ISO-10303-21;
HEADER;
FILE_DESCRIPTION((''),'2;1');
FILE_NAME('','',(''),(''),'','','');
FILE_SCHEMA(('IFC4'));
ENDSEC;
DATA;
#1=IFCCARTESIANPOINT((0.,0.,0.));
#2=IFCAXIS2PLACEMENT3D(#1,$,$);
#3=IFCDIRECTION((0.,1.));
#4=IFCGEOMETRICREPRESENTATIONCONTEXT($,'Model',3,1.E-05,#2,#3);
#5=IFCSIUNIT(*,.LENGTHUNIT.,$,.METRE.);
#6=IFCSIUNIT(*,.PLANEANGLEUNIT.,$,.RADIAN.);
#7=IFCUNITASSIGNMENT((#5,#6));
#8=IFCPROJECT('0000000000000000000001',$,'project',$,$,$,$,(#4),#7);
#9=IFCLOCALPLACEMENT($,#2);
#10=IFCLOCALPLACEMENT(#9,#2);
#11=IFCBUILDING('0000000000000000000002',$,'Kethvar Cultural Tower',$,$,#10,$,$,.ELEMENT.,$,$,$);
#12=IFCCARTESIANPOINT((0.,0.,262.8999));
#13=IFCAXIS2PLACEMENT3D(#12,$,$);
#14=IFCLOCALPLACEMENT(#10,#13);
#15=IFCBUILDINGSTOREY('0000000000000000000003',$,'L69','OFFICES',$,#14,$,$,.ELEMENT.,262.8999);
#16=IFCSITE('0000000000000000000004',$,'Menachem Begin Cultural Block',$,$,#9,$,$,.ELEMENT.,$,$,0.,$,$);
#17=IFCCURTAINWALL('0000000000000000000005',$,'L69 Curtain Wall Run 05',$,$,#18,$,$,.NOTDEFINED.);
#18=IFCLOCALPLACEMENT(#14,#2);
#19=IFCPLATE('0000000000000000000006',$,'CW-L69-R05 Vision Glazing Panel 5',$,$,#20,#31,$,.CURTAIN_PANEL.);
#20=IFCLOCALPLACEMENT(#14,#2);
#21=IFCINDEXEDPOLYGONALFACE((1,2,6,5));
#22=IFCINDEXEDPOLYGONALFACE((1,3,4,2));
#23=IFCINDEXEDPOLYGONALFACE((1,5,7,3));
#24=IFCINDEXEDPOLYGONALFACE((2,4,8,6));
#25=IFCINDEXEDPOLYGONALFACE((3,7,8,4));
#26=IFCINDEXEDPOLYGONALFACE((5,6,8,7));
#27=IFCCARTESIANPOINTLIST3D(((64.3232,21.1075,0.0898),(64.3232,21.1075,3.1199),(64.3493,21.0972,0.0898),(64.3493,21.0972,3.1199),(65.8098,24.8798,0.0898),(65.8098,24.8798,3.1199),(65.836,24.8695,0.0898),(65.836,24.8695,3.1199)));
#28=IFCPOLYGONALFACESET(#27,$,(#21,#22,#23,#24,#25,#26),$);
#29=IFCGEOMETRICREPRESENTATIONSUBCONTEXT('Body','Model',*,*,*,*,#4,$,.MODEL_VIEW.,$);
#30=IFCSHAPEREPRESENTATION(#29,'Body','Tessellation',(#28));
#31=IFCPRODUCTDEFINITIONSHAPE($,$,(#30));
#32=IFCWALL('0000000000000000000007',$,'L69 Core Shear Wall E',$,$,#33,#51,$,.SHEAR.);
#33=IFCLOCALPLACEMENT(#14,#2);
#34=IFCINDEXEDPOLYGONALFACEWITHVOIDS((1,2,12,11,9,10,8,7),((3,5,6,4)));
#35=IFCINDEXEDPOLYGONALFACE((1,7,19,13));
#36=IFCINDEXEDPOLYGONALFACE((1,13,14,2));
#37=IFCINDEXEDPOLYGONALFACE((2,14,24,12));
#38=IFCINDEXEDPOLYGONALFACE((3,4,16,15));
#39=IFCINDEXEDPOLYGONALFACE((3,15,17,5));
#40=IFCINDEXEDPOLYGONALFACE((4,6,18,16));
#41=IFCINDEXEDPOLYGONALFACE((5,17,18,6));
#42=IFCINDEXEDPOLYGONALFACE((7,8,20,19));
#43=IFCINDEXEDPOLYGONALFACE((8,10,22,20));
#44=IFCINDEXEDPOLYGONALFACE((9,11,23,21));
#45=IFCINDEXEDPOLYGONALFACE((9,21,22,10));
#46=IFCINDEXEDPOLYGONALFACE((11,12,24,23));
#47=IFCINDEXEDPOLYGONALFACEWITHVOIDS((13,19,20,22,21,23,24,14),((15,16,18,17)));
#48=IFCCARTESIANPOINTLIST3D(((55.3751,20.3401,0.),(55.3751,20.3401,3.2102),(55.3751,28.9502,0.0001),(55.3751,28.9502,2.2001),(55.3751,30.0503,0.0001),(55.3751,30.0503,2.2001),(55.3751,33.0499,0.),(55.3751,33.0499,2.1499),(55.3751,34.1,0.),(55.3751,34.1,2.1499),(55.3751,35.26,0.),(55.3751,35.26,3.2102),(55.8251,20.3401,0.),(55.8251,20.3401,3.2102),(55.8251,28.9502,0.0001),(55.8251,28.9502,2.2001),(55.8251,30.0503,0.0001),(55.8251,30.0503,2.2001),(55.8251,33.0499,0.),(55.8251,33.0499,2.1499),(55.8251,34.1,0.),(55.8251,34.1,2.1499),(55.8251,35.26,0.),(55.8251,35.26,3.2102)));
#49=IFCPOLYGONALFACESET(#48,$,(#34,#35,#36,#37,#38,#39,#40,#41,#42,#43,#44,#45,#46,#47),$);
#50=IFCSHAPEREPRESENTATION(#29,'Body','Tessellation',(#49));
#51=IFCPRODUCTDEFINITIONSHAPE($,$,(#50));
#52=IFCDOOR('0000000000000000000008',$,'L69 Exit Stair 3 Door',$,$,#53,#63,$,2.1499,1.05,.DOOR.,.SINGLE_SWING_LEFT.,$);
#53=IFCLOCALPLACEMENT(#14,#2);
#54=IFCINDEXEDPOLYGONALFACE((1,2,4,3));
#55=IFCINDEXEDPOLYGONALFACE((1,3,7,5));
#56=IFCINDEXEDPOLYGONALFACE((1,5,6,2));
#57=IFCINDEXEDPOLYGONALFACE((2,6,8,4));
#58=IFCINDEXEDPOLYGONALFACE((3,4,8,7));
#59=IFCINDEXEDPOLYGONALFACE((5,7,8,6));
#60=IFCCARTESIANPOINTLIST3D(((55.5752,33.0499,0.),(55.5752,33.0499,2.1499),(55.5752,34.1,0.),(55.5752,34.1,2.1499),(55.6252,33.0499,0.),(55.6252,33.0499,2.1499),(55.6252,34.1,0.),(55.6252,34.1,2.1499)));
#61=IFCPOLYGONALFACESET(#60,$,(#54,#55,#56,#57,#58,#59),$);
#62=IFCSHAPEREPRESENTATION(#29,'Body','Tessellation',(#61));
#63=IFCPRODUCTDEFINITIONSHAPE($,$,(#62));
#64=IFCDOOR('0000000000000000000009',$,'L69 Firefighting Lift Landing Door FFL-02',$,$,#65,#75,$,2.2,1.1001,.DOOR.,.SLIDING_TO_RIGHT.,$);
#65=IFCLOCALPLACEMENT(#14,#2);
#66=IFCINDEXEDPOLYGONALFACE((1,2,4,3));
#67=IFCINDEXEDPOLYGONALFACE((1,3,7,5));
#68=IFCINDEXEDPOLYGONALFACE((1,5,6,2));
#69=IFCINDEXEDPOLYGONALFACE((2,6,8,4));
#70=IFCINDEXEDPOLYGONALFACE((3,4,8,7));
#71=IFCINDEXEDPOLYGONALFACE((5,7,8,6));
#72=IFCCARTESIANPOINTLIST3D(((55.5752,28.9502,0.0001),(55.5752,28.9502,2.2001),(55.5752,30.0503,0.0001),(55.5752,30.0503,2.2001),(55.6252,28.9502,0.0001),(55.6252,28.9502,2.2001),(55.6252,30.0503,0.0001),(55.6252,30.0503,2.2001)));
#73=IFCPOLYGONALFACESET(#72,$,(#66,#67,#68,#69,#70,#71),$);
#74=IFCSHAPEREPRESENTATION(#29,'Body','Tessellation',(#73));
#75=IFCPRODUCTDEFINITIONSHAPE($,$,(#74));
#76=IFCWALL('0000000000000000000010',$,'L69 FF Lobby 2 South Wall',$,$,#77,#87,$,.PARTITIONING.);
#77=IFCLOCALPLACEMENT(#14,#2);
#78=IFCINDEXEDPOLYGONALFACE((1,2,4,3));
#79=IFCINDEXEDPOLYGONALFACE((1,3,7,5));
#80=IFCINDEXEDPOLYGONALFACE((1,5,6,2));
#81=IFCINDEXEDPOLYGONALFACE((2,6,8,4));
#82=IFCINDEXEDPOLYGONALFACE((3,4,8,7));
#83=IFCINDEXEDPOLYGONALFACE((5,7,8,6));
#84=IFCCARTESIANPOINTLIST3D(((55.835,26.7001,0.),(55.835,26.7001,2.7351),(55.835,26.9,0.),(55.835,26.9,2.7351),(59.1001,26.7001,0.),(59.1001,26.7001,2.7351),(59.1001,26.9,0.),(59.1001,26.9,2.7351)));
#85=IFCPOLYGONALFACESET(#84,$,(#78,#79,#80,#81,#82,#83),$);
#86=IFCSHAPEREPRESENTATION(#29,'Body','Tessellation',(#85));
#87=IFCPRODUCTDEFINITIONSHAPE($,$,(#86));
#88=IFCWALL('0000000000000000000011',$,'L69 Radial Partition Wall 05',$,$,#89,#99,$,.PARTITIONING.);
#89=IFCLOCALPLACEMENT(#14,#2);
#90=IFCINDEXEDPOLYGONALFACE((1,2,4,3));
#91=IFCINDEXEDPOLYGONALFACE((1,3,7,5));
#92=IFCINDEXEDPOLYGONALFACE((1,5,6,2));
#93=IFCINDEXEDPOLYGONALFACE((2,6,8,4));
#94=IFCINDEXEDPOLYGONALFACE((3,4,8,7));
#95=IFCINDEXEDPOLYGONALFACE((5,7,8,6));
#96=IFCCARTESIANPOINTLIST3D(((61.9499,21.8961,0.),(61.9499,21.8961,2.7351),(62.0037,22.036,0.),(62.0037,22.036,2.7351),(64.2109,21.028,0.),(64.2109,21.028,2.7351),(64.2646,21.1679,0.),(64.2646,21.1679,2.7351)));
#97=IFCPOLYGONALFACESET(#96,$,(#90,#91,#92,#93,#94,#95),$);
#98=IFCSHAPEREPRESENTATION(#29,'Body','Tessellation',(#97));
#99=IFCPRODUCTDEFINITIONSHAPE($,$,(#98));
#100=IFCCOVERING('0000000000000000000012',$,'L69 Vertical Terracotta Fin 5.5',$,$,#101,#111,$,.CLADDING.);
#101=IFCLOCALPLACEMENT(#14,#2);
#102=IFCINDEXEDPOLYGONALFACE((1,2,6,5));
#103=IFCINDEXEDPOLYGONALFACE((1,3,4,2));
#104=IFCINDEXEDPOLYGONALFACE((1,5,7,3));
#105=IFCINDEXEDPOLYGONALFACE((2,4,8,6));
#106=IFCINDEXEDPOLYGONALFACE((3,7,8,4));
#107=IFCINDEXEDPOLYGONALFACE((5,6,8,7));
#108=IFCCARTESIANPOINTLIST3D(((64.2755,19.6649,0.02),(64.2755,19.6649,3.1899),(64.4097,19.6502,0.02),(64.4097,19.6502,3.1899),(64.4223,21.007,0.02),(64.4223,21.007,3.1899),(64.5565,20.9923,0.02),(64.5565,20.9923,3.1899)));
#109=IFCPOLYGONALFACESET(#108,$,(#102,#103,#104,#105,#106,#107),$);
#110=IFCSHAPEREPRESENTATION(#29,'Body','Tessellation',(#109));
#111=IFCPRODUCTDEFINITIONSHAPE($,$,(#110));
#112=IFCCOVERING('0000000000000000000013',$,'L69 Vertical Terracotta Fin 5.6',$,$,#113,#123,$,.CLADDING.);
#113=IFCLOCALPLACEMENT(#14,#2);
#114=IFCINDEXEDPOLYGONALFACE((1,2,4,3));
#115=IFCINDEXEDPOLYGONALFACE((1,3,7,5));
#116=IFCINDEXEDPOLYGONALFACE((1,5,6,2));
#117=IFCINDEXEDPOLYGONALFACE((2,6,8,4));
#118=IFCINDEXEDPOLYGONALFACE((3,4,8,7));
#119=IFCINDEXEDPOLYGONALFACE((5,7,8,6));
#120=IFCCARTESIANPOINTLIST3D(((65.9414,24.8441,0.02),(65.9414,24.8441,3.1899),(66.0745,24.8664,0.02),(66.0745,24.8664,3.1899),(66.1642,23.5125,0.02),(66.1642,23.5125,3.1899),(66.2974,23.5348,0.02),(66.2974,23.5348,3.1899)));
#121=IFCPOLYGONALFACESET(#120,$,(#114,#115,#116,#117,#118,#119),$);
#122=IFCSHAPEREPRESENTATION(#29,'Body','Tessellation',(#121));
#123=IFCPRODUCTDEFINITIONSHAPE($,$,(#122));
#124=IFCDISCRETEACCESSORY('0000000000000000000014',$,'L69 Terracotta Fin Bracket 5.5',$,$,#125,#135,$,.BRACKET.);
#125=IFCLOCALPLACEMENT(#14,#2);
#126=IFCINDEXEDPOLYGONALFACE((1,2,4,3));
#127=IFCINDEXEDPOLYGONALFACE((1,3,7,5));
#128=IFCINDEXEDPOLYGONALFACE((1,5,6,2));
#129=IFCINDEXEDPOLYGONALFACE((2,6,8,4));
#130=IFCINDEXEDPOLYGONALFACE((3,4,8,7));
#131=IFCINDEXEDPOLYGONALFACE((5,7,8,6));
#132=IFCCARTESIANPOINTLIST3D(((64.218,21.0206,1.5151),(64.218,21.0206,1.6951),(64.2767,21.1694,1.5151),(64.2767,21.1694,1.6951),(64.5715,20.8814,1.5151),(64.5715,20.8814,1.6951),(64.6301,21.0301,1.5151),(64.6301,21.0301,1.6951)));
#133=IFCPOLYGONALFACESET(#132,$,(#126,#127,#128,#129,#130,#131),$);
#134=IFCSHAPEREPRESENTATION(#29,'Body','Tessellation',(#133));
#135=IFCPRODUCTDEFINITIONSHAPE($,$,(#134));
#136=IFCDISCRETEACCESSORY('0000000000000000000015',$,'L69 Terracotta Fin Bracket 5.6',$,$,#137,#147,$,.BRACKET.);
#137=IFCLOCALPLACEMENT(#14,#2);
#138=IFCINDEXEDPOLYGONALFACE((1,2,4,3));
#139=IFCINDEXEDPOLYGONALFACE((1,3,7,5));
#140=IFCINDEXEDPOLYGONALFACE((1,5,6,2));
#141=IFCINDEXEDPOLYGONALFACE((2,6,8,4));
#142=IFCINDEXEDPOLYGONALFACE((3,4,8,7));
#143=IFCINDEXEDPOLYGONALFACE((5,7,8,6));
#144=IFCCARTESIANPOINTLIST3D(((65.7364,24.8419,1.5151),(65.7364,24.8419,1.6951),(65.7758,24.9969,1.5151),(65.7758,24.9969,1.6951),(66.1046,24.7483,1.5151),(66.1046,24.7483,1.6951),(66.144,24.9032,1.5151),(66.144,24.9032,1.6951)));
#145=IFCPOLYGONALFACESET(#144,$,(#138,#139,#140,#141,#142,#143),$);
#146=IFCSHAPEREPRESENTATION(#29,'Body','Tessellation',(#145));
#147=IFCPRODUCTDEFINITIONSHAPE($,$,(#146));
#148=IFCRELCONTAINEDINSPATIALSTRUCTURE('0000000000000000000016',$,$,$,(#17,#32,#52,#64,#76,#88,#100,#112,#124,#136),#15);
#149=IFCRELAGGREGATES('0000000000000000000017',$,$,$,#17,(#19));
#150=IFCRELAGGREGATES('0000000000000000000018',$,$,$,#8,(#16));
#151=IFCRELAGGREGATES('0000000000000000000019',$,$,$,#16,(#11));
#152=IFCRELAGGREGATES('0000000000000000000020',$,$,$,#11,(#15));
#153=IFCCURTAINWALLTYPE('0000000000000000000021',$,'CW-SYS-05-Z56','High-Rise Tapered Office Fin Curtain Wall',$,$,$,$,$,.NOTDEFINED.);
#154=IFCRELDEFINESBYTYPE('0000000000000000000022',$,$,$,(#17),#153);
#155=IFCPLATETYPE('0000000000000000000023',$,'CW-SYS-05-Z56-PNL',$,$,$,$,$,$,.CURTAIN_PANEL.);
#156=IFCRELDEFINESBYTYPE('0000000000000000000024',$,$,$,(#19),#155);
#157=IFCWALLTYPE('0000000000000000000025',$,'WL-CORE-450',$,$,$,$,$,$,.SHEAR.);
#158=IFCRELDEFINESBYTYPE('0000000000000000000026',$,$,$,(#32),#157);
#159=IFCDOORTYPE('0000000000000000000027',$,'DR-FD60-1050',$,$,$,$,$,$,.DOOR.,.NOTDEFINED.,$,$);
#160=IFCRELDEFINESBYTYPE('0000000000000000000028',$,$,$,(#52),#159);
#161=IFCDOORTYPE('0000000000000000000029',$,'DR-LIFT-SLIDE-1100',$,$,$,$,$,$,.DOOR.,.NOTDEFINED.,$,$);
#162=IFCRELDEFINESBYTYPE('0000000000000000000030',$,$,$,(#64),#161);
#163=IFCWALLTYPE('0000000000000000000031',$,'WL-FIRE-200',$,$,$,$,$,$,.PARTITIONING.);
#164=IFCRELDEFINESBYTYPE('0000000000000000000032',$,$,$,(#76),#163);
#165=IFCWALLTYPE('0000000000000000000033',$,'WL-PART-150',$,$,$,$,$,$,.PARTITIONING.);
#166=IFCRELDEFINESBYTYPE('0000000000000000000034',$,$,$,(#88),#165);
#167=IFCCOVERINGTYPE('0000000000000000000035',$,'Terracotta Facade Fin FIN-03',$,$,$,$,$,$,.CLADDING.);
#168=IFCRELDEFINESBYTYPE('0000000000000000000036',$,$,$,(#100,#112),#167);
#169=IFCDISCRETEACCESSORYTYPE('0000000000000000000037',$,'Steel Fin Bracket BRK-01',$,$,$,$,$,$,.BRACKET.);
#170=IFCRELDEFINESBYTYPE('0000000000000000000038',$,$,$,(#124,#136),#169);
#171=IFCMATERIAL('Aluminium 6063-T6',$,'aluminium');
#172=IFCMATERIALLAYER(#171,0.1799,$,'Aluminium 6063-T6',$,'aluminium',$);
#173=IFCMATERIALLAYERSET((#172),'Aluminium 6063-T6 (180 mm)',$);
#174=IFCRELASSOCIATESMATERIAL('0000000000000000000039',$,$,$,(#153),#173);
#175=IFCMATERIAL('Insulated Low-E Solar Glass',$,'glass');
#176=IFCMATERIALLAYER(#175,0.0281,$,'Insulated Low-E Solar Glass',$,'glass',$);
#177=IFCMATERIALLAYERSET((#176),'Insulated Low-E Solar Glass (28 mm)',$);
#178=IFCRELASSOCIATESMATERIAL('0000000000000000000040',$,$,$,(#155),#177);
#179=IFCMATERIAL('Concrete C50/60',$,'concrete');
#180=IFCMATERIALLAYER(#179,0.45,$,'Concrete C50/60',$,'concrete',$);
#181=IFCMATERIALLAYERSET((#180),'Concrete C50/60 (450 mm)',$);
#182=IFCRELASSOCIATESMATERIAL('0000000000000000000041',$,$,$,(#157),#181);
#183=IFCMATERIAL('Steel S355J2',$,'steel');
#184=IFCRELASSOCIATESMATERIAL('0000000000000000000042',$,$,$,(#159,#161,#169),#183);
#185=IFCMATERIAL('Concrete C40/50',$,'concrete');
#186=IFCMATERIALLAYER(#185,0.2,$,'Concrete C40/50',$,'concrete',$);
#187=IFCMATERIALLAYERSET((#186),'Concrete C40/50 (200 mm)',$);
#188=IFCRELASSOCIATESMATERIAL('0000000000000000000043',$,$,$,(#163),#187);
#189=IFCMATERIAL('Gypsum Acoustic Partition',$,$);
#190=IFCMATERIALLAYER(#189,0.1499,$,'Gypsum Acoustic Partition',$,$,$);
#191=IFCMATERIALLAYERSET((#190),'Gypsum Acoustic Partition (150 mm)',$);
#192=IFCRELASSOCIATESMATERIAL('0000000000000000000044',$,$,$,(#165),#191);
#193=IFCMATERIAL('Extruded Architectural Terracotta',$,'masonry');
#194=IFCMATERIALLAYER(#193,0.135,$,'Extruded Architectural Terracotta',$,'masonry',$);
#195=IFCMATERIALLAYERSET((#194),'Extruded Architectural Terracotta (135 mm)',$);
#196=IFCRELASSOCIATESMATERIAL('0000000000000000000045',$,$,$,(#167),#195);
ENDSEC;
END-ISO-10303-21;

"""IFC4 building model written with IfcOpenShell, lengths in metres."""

from ifc_helpers import new_model, si_unit, direction, frame, frame_2d, origin, origin_2d, place, context, subcontext, project, spatial, rectangle, extrude, source, transform, mapped, material, layer, layer_set, type_object, element, fill, aggregate, save


model = new_model("IFC4")

# Units and contexts
model_context = context("Model", 3, precision=1e-05, world=origin(), true_north=direction((0.0, 1.0)))
body_context = subcontext(model_context, "Body", "Model", "MODEL_VIEW")
ifc_project = project(units=[si_unit("LENGTHUNIT", "METRE"), si_unit("PLANEANGLEUNIT", "RADIAN")], contexts=[model_context])

# Site, building, storey
site_placement = place(None, origin())
site = spatial("IfcSite", under=ifc_project, at=site_placement, Name="Menachem Begin Cultural Block", CompositionType="ELEMENT", RefElevation=0.0)
building_placement = place(site_placement, origin())
building = spatial("IfcBuilding", under=site, at=building_placement, Name="Kethvar Cultural Tower", CompositionType="ELEMENT")
storey_placement = place(building_placement, frame((0.0, 0.0, 262.8999)))
storey = spatial("IfcBuildingStorey", under=building, at=storey_placement, Name="L69", Description="OFFICES", CompositionType="ELEMENT", Elevation=262.8999)

# Shared definitions
ifc_material_1 = material(Name="Steel S355J2", Category="steel")

# Curtain wall, plate
ifc_material_2 = material(Name="Aluminium 6063-T6", Category="aluminium")
ifc_layer_1 = layer(ifc_material_2, 0.1799, Name="Aluminium 6063-T6", Category="aluminium")
ifc_layer_set_1 = layer_set([ifc_layer_1], Name="Aluminium 6063-T6 (180 mm)")
curtain_wall_type = type_object("IfcCurtainWallType", Name="CW-SYS-05-Z56", Description="High-Rise Tapered Office Fin Curtain Wall", PredefinedType="NOTDEFINED", material=ifc_layer_set_1)
curtain_wall_placement = place(storey_placement, origin())
curtain_wall = element("IfcCurtainWall", 1, at=curtain_wall_placement, inside=storey, type_object=curtain_wall_type, Name="L69 Curtain Wall Run 05", PredefinedType="NOTDEFINED")
ifc_material_3 = material(Name="Insulated Low-E Solar Glass", Category="glass")
ifc_layer_2 = layer(ifc_material_3, 0.0281, Name="Insulated Low-E Solar Glass", Category="glass")
ifc_layer_set_2 = layer_set([ifc_layer_2], Name="Insulated Low-E Solar Glass (28 mm)")
plate_type = type_object("IfcPlateType", Name="CW-SYS-05-Z56-PNL", PredefinedType="CURTAIN_PANEL", material=ifc_layer_set_2)
shared_shape_1 = source(origin(), body_context, "Body", "SweptSolid", [
    extrude(rectangle(XDim=4.0547, YDim=0.0281, at=origin_2d()), origin(), (0.0, 0.0, 1.0), 3.03),
])
plate_1_placement = place(storey_placement, frame((65.0796, 22.9885, 0.0898), z_axis=(0.0, 0.0, 1.0), x_axis=(0.366647, 0.93036, 0.0)))
plate_1 = element("IfcPlate", 2, at=plate_1_placement, type_object=plate_type, Name="CW-L69-R05 Vision Glazing Panel 5", PredefinedType="CURTAIN_PANEL", context=body_context, shape_type="MappedRepresentation", body=[
    mapped(shared_shape_1, transform((0.0, 0.0, 0.0), scale=1.0)),
])
aggregate(curtain_wall, [plate_1])

# Wall, openings, doors
ifc_material_4 = material(Name="Concrete C50/60", Category="concrete")
ifc_layer_3 = layer(ifc_material_4, 0.45, Name="Concrete C50/60", Category="concrete")
ifc_layer_set_3 = layer_set([ifc_layer_3], Name="Concrete C50/60 (450 mm)")
wall_type_1 = type_object("IfcWallType", Name="WL-CORE-450", PredefinedType="SHEAR", material=ifc_layer_set_3)
wall_1_placement = place(storey_placement, frame((55.6001, 20.3401, 0.0), z_axis=(0.0, 0.0, 1.0), x_axis=(0.0, 1.0, 0.0)))
wall_1 = element("IfcWall", 3, at=wall_1_placement, inside=storey, type_object=wall_type_1, Name="L69 Core Shear Wall E", PredefinedType="SHEAR", context=body_context, shape_type="SweptSolid", body=[
    extrude(rectangle(XDim=14.9199, YDim=0.45, at=frame_2d((7.46, 0.0))), origin(), (0.0, 0.0, 1.0), 3.2102),
])
opening_1_placement = place(wall_1_placement, frame((12.71, 0.0, 0.0)))
opening_1 = element("IfcOpeningElement", 4, at=opening_1_placement, cuts=wall_1, PredefinedType="OPENING", context=body_context, shape_type="SweptSolid", body=[
    extrude(rectangle(XDim=1.05, YDim=2.1499, at=frame_2d((0.5249, 1.075))), frame((0.0, 0.2349, 0.0), z_axis=(0.0, -1.0, 0.0), x_axis=(1.0, 0.0, 0.0)), (0.0, 0.0, 1.0), 0.47),
])
opening_2_placement = place(wall_1_placement, frame((8.6101, 0.0, 0.0)))
opening_2 = element("IfcOpeningElement", 5, at=opening_2_placement, cuts=wall_1, PredefinedType="OPENING", context=body_context, shape_type="SweptSolid", body=[
    extrude(rectangle(XDim=1.1001, YDim=2.2, at=frame_2d((0.55, 1.1001))), frame((0.0, 0.2349, 0.0), z_axis=(0.0, -1.0, 0.0), x_axis=(1.0, 0.0, 0.0)), (0.0, 0.0, 1.0), 0.47),
])
door_type_1 = type_object("IfcDoorType", Name="DR-FD60-1050", OperationType="NOTDEFINED", PredefinedType="DOOR", material=ifc_material_1)
shared_shape_2 = source(origin(), body_context, "Body", "SweptSolid", [
    extrude(rectangle(XDim=1.05, YDim=2.1499, at=frame_2d((0.5249, 1.075))), frame((0.0, 0.0249, 0.0), z_axis=(0.0, -1.0, 0.0), x_axis=(1.0, 0.0, 0.0)), (0.0, 0.0, 1.0), 0.05),
])
door_1_placement = place(opening_1_placement, origin())
door_1 = element("IfcDoor", 6, at=door_1_placement, inside=storey, type_object=door_type_1, Name="L69 Exit Stair 3 Door", OperationType="SINGLE_SWING_LEFT", OverallHeight=2.1499, OverallWidth=1.05, PredefinedType="DOOR", context=body_context, shape_type="MappedRepresentation", body=[
    mapped(shared_shape_2, transform((0.0, 0.0, 0.0), scale=1.0)),
])
fill(opening_1, door_1)
door_type_2 = type_object("IfcDoorType", Name="DR-LIFT-SLIDE-1100", OperationType="NOTDEFINED", PredefinedType="DOOR", material=ifc_material_1)
shared_shape_3 = source(origin(), body_context, "Body", "SweptSolid", [
    extrude(rectangle(XDim=1.1001, YDim=2.2, at=frame_2d((0.55, 1.1001))), frame((0.0, 0.0249, 0.0), z_axis=(0.0, -1.0, 0.0), x_axis=(1.0, 0.0, 0.0)), (0.0, 0.0, 1.0), 0.05),
])
door_2_placement = place(opening_2_placement, origin())
door_2 = element("IfcDoor", 7, at=door_2_placement, inside=storey, type_object=door_type_2, Name="L69 Firefighting Lift Landing Door FFL-02", OperationType="SLIDING_TO_RIGHT", OverallHeight=2.2, OverallWidth=1.1001, PredefinedType="DOOR", context=body_context, shape_type="MappedRepresentation", body=[
    mapped(shared_shape_3, transform((0.0, 0.0, 0.0), scale=1.0)),
])
fill(opening_2, door_2)

# Shared definitions
ifc_material_5 = material(Name="Concrete C40/50", Category="concrete")
ifc_layer_4 = layer(ifc_material_5, 0.2, Name="Concrete C40/50", Category="concrete")
ifc_layer_set_4 = layer_set([ifc_layer_4], Name="Concrete C40/50 (200 mm)")
wall_type_2 = type_object("IfcWallType", Name="WL-FIRE-200", PredefinedType="PARTITIONING", material=ifc_layer_set_4)

# Walls
wall_2_placement = place(storey_placement, frame((55.835, 26.8, 0.0), z_axis=(0.0, 0.0, 1.0), x_axis=(1.0, 0.0, 0.0)))
element("IfcWall", 8, at=wall_2_placement, inside=storey, type_object=wall_type_2, Name="L69 FF Lobby 2 South Wall", PredefinedType="PARTITIONING", context=body_context, shape_type="SweptSolid", body=[
    extrude(rectangle(XDim=3.2651, YDim=0.2, at=frame_2d((1.6326, 0.0))), origin(), (0.0, 0.0, 1.0), 2.7351),
])
ifc_material_6 = material(Name="Gypsum Acoustic Partition")
ifc_layer_5 = layer(ifc_material_6, 0.1499, Name="Gypsum Acoustic Partition")
ifc_layer_set_5 = layer_set([ifc_layer_5], Name="Gypsum Acoustic Partition (150 mm)")
wall_type_3 = type_object("IfcWallType", Name="WL-PART-150", PredefinedType="PARTITIONING", material=ifc_layer_set_5)
wall_3_placement = place(storey_placement, frame((61.9768, 21.9661, 0.0), z_axis=(0.0, 0.0, 1.0), x_axis=(0.933546, -0.358459, 0.0)))
element("IfcWall", 9, at=wall_3_placement, inside=storey, type_object=wall_type_3, Name="L69 Radial Partition Wall 05", PredefinedType="PARTITIONING", context=body_context, shape_type="SweptSolid", body=[
    extrude(rectangle(XDim=2.4219, YDim=0.1499, at=frame_2d((1.2109, 0.0))), origin(), (0.0, 0.0, 1.0), 2.7351),
])

# Coverings
ifc_material_7 = material(Name="Extruded Architectural Terracotta", Category="masonry")
ifc_layer_6 = layer(ifc_material_7, 0.135, Name="Extruded Architectural Terracotta", Category="masonry")
ifc_layer_set_6 = layer_set([ifc_layer_6], Name="Extruded Architectural Terracotta (135 mm)")
covering_type = type_object("IfcCoveringType", Name="Terracotta Facade Fin FIN-03", PredefinedType="CLADDING", material=ifc_layer_set_6)
shared_shape_4 = source(origin(), body_context, "Body", "SweptSolid", [
    extrude(rectangle(XDim=1.3501, YDim=0.135, at=origin_2d()), origin(), (0.0, 0.0, 1.0), 3.1699),
])
for number, where, z_axis, x_axis, name in (
    (10, (64.416, 20.3286, 0.02), (0.0, 0.0, 1.0), (-0.108693, -0.994075, 0.0), "L69 Vertical Terracotta Fin 5.5"),
    (11, (66.1194, 24.1895, 0.02), (0.0, 0.0, 1.0), (0.165048, -0.986286, 0.0), "L69 Vertical Terracotta Fin 5.6"),
):
    element("IfcCovering", number, at=place(storey_placement, frame(where, z_axis=z_axis, x_axis=x_axis)), inside=storey, type_object=covering_type, Name=name, PredefinedType="CLADDING", context=body_context, shape_type="MappedRepresentation", body=[
        mapped(shared_shape_4, transform((0.0, 0.0, 0.0), scale=1.0)),
    ])

# Discrete accessories
discrete_accessory_type = type_object("IfcDiscreteAccessoryType", Name="Steel Fin Bracket BRK-01", PredefinedType="BRACKET", material=ifc_material_1)
shared_shape_5 = source(origin(), body_context, "Body", "SweptSolid", [
    extrude(rectangle(XDim=0.3799, YDim=0.1599, at=origin_2d()), origin(), (0.0, 0.0, 1.0), 0.1799),
])
for number, where, z_axis, x_axis, name in (
    (12, (64.4241, 21.0254, 1.5151), (0.0, 0.0, 1.0), (0.930354, -0.366664, 0.0), "L69 Terracotta Fin Bracket 5.5"),
    (13, (65.9402, 24.8726, 1.5151), (0.0, 0.0, 1.0), (0.969145, -0.246492, 0.0), "L69 Terracotta Fin Bracket 5.6"),
):
    element("IfcDiscreteAccessory", number, at=place(storey_placement, frame(where, z_axis=z_axis, x_axis=x_axis)), inside=storey, type_object=discrete_accessory_type, Name=name, PredefinedType="BRACKET", context=body_context, shape_type="MappedRepresentation", body=[
        mapped(shared_shape_5, transform((0.0, 0.0, 0.0), scale=1.0)),
    ])

save(model, "model.ifc")
